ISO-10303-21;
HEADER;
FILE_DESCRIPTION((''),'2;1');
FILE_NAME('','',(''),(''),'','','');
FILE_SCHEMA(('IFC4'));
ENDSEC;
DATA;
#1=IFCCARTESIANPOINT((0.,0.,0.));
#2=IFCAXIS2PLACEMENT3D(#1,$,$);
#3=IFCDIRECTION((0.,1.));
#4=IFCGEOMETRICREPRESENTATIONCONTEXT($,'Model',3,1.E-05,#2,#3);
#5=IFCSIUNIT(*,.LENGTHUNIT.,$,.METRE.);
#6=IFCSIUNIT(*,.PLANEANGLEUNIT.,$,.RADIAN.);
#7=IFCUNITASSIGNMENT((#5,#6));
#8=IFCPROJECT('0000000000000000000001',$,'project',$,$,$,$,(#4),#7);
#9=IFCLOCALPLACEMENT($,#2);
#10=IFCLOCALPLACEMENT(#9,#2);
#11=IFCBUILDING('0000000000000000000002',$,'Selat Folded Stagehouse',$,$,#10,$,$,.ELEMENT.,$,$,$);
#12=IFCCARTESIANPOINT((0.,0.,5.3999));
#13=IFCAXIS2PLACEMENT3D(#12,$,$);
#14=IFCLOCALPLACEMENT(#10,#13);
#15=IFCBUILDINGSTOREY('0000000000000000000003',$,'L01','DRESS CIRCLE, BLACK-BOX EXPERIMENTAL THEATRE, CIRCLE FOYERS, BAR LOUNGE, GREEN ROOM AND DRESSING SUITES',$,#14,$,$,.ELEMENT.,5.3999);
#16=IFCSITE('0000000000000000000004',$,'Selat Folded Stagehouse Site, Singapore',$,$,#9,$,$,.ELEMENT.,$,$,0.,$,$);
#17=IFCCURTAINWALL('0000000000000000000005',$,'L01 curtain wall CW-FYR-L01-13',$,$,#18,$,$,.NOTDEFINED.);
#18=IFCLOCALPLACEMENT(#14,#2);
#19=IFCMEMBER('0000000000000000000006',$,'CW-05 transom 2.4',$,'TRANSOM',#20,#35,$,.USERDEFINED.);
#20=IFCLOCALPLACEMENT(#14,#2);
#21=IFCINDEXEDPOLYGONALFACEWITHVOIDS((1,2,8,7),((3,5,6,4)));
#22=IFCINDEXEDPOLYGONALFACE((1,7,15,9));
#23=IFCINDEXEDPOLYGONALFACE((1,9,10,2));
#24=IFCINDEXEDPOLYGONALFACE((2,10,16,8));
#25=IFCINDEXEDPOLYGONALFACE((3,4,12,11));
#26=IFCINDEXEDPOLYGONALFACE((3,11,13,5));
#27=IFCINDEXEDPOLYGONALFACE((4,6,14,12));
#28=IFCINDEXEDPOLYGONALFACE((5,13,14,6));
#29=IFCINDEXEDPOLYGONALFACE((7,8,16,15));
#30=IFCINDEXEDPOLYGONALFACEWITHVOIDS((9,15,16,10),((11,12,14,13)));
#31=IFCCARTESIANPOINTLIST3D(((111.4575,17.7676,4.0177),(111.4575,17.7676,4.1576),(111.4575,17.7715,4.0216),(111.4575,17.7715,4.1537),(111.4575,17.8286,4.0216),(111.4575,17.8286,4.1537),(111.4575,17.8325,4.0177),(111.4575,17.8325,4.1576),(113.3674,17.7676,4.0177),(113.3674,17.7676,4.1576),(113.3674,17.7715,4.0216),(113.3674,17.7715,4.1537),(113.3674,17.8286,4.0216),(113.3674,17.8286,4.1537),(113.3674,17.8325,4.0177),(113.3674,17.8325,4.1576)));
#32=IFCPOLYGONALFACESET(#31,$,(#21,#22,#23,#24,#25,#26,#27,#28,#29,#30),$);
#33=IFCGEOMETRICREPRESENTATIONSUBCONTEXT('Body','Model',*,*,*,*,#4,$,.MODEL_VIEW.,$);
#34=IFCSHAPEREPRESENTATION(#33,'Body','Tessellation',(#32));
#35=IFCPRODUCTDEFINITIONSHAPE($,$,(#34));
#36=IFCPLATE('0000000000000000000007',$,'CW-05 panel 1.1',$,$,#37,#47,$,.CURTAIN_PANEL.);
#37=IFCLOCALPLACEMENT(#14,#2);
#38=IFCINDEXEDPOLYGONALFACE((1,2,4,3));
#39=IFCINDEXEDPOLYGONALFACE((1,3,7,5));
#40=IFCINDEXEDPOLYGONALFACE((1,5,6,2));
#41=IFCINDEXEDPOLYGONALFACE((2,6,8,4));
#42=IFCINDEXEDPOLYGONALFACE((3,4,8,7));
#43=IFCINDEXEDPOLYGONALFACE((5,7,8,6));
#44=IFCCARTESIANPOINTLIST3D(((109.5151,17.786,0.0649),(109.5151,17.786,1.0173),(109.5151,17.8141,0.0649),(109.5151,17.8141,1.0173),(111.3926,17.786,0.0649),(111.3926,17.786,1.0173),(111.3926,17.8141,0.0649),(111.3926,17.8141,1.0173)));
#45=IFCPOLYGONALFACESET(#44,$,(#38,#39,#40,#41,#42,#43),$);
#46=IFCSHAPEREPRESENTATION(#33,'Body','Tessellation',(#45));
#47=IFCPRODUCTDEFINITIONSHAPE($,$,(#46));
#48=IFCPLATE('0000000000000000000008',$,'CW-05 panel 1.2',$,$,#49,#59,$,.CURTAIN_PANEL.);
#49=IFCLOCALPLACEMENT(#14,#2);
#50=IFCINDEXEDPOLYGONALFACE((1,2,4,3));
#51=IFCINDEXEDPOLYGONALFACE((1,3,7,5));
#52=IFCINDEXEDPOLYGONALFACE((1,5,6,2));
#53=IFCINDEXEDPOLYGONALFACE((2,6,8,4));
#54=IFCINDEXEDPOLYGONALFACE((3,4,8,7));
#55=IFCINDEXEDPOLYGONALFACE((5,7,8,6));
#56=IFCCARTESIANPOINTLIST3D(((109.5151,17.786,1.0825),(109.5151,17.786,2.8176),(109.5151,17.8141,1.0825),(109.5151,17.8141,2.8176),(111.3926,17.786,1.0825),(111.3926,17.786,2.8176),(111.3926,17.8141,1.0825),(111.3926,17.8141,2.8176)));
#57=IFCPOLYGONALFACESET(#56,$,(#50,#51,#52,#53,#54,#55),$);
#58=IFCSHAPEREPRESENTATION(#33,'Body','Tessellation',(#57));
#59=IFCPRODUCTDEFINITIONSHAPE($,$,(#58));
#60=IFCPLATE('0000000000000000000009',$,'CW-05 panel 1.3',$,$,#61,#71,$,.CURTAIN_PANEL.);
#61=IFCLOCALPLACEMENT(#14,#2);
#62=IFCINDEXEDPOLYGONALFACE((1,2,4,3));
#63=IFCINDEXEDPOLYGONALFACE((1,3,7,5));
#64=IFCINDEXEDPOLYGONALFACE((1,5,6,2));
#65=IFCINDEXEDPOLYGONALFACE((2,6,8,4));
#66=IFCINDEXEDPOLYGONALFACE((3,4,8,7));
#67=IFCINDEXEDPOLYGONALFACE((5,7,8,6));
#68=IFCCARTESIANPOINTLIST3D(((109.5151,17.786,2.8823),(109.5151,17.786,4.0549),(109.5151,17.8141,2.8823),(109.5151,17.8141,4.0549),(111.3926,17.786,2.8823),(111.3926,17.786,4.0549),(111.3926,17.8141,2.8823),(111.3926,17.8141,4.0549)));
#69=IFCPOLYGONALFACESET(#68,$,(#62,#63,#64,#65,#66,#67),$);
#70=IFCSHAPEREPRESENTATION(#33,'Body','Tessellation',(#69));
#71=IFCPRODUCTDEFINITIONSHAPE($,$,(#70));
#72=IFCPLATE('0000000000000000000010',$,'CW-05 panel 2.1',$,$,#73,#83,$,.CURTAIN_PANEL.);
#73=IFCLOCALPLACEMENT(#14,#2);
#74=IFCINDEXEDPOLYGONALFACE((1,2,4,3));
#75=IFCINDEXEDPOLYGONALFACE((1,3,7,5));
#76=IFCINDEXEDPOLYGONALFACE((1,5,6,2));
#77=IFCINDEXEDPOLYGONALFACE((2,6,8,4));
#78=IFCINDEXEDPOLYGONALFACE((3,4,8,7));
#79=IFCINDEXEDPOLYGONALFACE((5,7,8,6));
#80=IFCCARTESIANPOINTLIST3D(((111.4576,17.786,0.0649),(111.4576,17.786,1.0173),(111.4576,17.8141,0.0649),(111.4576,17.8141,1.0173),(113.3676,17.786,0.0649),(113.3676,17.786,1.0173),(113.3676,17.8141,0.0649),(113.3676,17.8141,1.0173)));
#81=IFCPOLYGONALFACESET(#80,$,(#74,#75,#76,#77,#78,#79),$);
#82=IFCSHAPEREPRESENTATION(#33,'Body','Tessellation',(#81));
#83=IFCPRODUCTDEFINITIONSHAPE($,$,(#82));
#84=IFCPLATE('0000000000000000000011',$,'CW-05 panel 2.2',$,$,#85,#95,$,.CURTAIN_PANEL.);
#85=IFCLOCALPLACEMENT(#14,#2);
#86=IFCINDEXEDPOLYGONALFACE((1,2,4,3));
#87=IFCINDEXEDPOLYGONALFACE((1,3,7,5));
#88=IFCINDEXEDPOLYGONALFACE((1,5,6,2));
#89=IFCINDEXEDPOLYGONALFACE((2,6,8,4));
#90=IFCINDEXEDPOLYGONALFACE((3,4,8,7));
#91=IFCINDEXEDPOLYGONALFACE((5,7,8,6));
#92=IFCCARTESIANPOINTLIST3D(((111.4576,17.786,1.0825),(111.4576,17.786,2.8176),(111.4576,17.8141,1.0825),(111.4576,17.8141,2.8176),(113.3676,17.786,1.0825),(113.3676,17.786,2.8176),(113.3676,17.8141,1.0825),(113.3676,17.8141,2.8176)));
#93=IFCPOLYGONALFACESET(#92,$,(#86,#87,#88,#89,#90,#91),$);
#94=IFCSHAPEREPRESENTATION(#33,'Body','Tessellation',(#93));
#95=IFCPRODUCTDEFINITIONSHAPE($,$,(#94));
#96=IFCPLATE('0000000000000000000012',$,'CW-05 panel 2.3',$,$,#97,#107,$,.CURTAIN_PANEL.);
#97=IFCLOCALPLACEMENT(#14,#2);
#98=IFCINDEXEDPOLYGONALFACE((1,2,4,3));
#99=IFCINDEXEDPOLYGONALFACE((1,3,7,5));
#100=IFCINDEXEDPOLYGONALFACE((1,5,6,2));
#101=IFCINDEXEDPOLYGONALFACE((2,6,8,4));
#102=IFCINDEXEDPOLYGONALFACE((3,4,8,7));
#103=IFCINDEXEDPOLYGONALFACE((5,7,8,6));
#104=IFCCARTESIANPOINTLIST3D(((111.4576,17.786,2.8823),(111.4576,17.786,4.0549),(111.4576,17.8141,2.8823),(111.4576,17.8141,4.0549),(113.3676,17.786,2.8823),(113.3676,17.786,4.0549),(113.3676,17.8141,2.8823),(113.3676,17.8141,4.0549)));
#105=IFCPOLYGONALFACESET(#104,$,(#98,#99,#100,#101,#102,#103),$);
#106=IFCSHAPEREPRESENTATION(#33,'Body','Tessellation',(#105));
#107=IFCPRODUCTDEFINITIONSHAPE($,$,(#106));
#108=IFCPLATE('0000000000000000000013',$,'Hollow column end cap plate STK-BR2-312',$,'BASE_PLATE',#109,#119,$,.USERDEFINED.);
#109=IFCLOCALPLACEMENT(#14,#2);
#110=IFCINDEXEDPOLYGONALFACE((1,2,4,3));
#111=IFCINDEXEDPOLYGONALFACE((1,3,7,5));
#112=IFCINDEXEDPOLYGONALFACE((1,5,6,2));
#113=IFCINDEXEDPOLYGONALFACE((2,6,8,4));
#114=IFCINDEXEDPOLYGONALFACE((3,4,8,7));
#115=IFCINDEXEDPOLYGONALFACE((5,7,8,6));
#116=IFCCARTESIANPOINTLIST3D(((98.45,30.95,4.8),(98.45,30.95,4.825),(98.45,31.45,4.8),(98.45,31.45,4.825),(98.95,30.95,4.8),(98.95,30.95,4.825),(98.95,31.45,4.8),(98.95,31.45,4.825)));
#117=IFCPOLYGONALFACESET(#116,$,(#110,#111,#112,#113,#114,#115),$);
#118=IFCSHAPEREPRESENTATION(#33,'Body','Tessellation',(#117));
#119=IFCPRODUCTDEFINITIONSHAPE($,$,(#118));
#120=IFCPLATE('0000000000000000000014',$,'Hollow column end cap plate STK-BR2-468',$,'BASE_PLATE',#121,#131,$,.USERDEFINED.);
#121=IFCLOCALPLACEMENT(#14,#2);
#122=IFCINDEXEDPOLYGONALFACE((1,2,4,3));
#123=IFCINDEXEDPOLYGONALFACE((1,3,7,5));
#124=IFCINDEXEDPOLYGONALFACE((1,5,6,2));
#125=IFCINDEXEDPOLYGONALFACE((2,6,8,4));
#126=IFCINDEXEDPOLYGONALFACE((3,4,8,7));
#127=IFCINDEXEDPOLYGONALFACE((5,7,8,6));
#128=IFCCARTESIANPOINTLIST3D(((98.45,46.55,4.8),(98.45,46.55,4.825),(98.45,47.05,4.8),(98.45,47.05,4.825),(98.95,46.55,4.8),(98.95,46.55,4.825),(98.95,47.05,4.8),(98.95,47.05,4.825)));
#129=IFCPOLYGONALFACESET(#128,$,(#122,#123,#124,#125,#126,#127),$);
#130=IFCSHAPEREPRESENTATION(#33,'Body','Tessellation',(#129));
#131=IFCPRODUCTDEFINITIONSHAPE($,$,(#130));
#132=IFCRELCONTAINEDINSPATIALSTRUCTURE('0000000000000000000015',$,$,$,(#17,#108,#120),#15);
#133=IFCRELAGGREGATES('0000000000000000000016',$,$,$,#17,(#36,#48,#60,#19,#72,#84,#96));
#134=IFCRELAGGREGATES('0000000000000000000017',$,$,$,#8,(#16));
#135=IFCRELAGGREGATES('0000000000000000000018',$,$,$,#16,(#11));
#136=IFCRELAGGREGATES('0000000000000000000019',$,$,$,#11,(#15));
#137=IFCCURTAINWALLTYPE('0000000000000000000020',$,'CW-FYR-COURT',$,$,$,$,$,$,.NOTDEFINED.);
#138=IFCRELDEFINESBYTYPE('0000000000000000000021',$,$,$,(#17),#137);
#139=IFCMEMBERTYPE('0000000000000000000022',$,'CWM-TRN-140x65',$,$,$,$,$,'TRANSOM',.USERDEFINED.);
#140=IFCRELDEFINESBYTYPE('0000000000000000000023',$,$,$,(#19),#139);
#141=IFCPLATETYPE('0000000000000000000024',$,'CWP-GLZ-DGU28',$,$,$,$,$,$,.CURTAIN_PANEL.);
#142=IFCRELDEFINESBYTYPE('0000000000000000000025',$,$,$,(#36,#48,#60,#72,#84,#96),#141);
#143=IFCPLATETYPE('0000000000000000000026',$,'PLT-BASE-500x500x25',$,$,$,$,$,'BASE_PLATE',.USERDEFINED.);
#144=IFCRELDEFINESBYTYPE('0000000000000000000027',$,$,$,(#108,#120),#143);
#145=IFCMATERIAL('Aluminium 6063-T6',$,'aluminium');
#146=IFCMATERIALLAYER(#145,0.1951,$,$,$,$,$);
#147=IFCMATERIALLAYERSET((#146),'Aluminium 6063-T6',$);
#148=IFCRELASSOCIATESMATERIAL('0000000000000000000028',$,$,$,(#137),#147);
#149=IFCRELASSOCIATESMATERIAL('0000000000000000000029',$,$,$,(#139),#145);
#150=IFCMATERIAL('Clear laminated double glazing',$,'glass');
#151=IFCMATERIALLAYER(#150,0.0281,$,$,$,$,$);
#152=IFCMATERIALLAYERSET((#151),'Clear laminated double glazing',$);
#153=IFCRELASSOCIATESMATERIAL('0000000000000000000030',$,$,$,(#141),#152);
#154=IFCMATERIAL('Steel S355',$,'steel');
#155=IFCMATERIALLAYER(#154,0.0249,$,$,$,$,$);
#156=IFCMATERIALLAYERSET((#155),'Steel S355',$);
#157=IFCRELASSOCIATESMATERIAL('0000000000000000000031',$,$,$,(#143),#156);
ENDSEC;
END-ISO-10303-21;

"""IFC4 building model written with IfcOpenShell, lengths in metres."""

from ifc_helpers import new_model, si_unit, direction, frame, origin, origin_2d, place, context, subcontext, project, spatial, rectangle, hollow_rectangle, extrude, material, layer, layer_set, material_profile, profile_set, type_object, element, aggregate, save


model = new_model("IFC4")

# Units and contexts
model_context = context("Model", 3, precision=1e-05, world=origin(), true_north=direction((0.0, 1.0)))
body_context = subcontext(model_context, "Body", "Model", "MODEL_VIEW")
ifc_project = project(units=[si_unit("LENGTHUNIT", "METRE"), si_unit("PLANEANGLEUNIT", "RADIAN")], contexts=[model_context])

# Site, building, storey
site_placement = place(None, origin())
site = spatial("IfcSite", under=ifc_project, at=site_placement, Name="Selat Folded Stagehouse Site, Singapore", CompositionType="ELEMENT", RefElevation=0.0)
building_placement = place(site_placement, origin())
building = spatial("IfcBuilding", under=site, at=building_placement, Name="Selat Folded Stagehouse", CompositionType="ELEMENT")
storey_placement = place(building_placement, frame((0.0, 0.0, 5.3999)))
storey = spatial("IfcBuildingStorey", under=building, at=storey_placement, Name="L01", Description="DRESS CIRCLE, BLACK-BOX EXPERIMENTAL THEATRE, CIRCLE FOYERS, BAR LOUNGE, GREEN ROOM AND DRESSING SUITES", CompositionType="ELEMENT", Elevation=5.3999)

# Shared definitions
ifc_material_1 = material(Name="Steel S355", Category="steel")

# Curtain wall, member, plates
ifc_material_2 = material(Name="Aluminium 6063-T6", Category="aluminium")
ifc_layer_1 = layer(ifc_material_2, 0.1951)
ifc_layer_set_1 = layer_set([ifc_layer_1], Name="Aluminium 6063-T6")
curtain_wall_type = type_object("IfcCurtainWallType", Name="CW-FYR-COURT", PredefinedType="NOTDEFINED", material=ifc_layer_set_1)
curtain_wall_placement = place(storey_placement, origin())
curtain_wall = element("IfcCurtainWall", 1, at=curtain_wall_placement, inside=storey, type_object=curtain_wall_type, Name="L01 curtain wall CW-FYR-L01-13", PredefinedType="NOTDEFINED")
ifc_material_profile_1 = material_profile(ifc_material_2, hollow_rectangle(XDim=0.0649, YDim=0.1399, WallThickness=0.0039, at=origin_2d()), Name="ALU 140x65x4.0")
ifc_profile_set_1 = profile_set([ifc_material_profile_1], Name="Aluminium 6063-T6")
member_type_1 = type_object("IfcMemberType", Name="CWM-TRN-140x65", ElementType="TRANSOM", PredefinedType="USERDEFINED", material=ifc_profile_set_1)
member_1_placement = place(storey_placement, frame((111.4575, 17.8, 4.0876), z_axis=(1.0, 0.0, 0.0), x_axis=(0.0, 1.0, 0.0)))
member_1 = element("IfcMember", 2, at=member_1_placement, type_object=member_type_1, Name="CW-05 transom 2.4", ObjectType="TRANSOM", PredefinedType="USERDEFINED", context=body_context, shape_type="SweptSolid", body=[
    extrude(hollow_rectangle(XDim=0.0649, YDim=0.1399, WallThickness=0.0039, at=origin_2d()), origin(), (0.0, 0.0, 1.0), 1.9099),
])
ifc_material_3 = material(Name="Clear laminated double glazing", Category="glass")
ifc_layer_2 = layer(ifc_material_3, 0.0281)
ifc_layer_set_2 = layer_set([ifc_layer_2], Name="Clear laminated double glazing")
plate_type_1 = type_object("IfcPlateType", Name="CWP-GLZ-DGU28", PredefinedType="CURTAIN_PANEL", material=ifc_layer_set_2)
plate_1_placement = place(storey_placement, frame((110.4539, 17.8, 0.0649), z_axis=(0.0, 0.0, 1.0), x_axis=(1.0, 0.0, 0.0)))
plate_1 = element("IfcPlate", 3, at=plate_1_placement, type_object=plate_type_1, Name="CW-05 panel 1.1", PredefinedType="CURTAIN_PANEL", context=body_context, shape_type="SweptSolid", body=[
    extrude(rectangle(XDim=1.8774, YDim=0.0281, at=origin_2d()), origin(), (0.0, 0.0, 1.0), 0.9524),
])
plate_2_placement = place(storey_placement, frame((110.4539, 17.8, 1.0825), z_axis=(0.0, 0.0, 1.0), x_axis=(1.0, 0.0, 0.0)))
plate_2 = element("IfcPlate", 4, at=plate_2_placement, type_object=plate_type_1, Name="CW-05 panel 1.2", PredefinedType="CURTAIN_PANEL", context=body_context, shape_type="SweptSolid", body=[
    extrude(rectangle(XDim=1.8774, YDim=0.0281, at=origin_2d()), origin(), (0.0, 0.0, 1.0), 1.7351),
])
plate_3_placement = place(storey_placement, frame((110.4539, 17.8, 2.8823), z_axis=(0.0, 0.0, 1.0), x_axis=(1.0, 0.0, 0.0)))
plate_3 = element("IfcPlate", 5, at=plate_3_placement, type_object=plate_type_1, Name="CW-05 panel 1.3", PredefinedType="CURTAIN_PANEL", context=body_context, shape_type="SweptSolid", body=[
    extrude(rectangle(XDim=1.8774, YDim=0.0281, at=origin_2d()), origin(), (0.0, 0.0, 1.0), 1.1726),
])
plate_4_placement = place(storey_placement, frame((112.4126, 17.8, 0.0649), z_axis=(0.0, 0.0, 1.0), x_axis=(1.0, 0.0, 0.0)))
plate_4 = element("IfcPlate", 6, at=plate_4_placement, type_object=plate_type_1, Name="CW-05 panel 2.1", PredefinedType="CURTAIN_PANEL", context=body_context, shape_type="SweptSolid", body=[
    extrude(rectangle(XDim=1.9099, YDim=0.0281, at=origin_2d()), origin(), (0.0, 0.0, 1.0), 0.9524),
])
plate_5_placement = place(storey_placement, frame((112.4126, 17.8, 1.0825), z_axis=(0.0, 0.0, 1.0), x_axis=(1.0, 0.0, 0.0)))
plate_5 = element("IfcPlate", 7, at=plate_5_placement, type_object=plate_type_1, Name="CW-05 panel 2.2", PredefinedType="CURTAIN_PANEL", context=body_context, shape_type="SweptSolid", body=[
    extrude(rectangle(XDim=1.9099, YDim=0.0281, at=origin_2d()), origin(), (0.0, 0.0, 1.0), 1.7351),
])
plate_6_placement = place(storey_placement, frame((112.4126, 17.8, 2.8823), z_axis=(0.0, 0.0, 1.0), x_axis=(1.0, 0.0, 0.0)))
plate_6 = element("IfcPlate", 8, at=plate_6_placement, type_object=plate_type_1, Name="CW-05 panel 2.3", PredefinedType="CURTAIN_PANEL", context=body_context, shape_type="SweptSolid", body=[
    extrude(rectangle(XDim=1.9099, YDim=0.0281, at=origin_2d()), origin(), (0.0, 0.0, 1.0), 1.1726),
])
aggregate(curtain_wall, [plate_1, plate_2, plate_3, member_1, plate_4, plate_5, plate_6])

# Plates
ifc_layer_3 = layer(ifc_material_1, 0.0249)
ifc_layer_set_3 = layer_set([ifc_layer_3], Name="Steel S355")
plate_type_2 = type_object("IfcPlateType", Name="PLT-BASE-500x500x25", ElementType="BASE_PLATE", PredefinedType="USERDEFINED", material=ifc_layer_set_3)
for number, where, z_axis, x_axis, name in (
    (9, (98.7, 31.2, 4.8), (0.0, 0.0, 1.0), (1.0, 0.0, 0.0), "Hollow column end cap plate STK-BR2-312"),
    (10, (98.7, 46.8, 4.8), (0.0, 0.0, 1.0), (1.0, 0.0, 0.0), "Hollow column end cap plate STK-BR2-468"),
):
    element("IfcPlate", number, at=place(storey_placement, frame(where, z_axis=z_axis, x_axis=x_axis)), inside=storey, type_object=plate_type_2, Name=name, ObjectType="BASE_PLATE", PredefinedType="USERDEFINED", context=body_context, shape_type="SweptSolid", body=[
        extrude(rectangle(XDim=0.5, YDim=0.5, at=origin_2d()), origin(), (0.0, 0.0, 1.0), 0.0249),
    ])

save(model, "model.ifc")
